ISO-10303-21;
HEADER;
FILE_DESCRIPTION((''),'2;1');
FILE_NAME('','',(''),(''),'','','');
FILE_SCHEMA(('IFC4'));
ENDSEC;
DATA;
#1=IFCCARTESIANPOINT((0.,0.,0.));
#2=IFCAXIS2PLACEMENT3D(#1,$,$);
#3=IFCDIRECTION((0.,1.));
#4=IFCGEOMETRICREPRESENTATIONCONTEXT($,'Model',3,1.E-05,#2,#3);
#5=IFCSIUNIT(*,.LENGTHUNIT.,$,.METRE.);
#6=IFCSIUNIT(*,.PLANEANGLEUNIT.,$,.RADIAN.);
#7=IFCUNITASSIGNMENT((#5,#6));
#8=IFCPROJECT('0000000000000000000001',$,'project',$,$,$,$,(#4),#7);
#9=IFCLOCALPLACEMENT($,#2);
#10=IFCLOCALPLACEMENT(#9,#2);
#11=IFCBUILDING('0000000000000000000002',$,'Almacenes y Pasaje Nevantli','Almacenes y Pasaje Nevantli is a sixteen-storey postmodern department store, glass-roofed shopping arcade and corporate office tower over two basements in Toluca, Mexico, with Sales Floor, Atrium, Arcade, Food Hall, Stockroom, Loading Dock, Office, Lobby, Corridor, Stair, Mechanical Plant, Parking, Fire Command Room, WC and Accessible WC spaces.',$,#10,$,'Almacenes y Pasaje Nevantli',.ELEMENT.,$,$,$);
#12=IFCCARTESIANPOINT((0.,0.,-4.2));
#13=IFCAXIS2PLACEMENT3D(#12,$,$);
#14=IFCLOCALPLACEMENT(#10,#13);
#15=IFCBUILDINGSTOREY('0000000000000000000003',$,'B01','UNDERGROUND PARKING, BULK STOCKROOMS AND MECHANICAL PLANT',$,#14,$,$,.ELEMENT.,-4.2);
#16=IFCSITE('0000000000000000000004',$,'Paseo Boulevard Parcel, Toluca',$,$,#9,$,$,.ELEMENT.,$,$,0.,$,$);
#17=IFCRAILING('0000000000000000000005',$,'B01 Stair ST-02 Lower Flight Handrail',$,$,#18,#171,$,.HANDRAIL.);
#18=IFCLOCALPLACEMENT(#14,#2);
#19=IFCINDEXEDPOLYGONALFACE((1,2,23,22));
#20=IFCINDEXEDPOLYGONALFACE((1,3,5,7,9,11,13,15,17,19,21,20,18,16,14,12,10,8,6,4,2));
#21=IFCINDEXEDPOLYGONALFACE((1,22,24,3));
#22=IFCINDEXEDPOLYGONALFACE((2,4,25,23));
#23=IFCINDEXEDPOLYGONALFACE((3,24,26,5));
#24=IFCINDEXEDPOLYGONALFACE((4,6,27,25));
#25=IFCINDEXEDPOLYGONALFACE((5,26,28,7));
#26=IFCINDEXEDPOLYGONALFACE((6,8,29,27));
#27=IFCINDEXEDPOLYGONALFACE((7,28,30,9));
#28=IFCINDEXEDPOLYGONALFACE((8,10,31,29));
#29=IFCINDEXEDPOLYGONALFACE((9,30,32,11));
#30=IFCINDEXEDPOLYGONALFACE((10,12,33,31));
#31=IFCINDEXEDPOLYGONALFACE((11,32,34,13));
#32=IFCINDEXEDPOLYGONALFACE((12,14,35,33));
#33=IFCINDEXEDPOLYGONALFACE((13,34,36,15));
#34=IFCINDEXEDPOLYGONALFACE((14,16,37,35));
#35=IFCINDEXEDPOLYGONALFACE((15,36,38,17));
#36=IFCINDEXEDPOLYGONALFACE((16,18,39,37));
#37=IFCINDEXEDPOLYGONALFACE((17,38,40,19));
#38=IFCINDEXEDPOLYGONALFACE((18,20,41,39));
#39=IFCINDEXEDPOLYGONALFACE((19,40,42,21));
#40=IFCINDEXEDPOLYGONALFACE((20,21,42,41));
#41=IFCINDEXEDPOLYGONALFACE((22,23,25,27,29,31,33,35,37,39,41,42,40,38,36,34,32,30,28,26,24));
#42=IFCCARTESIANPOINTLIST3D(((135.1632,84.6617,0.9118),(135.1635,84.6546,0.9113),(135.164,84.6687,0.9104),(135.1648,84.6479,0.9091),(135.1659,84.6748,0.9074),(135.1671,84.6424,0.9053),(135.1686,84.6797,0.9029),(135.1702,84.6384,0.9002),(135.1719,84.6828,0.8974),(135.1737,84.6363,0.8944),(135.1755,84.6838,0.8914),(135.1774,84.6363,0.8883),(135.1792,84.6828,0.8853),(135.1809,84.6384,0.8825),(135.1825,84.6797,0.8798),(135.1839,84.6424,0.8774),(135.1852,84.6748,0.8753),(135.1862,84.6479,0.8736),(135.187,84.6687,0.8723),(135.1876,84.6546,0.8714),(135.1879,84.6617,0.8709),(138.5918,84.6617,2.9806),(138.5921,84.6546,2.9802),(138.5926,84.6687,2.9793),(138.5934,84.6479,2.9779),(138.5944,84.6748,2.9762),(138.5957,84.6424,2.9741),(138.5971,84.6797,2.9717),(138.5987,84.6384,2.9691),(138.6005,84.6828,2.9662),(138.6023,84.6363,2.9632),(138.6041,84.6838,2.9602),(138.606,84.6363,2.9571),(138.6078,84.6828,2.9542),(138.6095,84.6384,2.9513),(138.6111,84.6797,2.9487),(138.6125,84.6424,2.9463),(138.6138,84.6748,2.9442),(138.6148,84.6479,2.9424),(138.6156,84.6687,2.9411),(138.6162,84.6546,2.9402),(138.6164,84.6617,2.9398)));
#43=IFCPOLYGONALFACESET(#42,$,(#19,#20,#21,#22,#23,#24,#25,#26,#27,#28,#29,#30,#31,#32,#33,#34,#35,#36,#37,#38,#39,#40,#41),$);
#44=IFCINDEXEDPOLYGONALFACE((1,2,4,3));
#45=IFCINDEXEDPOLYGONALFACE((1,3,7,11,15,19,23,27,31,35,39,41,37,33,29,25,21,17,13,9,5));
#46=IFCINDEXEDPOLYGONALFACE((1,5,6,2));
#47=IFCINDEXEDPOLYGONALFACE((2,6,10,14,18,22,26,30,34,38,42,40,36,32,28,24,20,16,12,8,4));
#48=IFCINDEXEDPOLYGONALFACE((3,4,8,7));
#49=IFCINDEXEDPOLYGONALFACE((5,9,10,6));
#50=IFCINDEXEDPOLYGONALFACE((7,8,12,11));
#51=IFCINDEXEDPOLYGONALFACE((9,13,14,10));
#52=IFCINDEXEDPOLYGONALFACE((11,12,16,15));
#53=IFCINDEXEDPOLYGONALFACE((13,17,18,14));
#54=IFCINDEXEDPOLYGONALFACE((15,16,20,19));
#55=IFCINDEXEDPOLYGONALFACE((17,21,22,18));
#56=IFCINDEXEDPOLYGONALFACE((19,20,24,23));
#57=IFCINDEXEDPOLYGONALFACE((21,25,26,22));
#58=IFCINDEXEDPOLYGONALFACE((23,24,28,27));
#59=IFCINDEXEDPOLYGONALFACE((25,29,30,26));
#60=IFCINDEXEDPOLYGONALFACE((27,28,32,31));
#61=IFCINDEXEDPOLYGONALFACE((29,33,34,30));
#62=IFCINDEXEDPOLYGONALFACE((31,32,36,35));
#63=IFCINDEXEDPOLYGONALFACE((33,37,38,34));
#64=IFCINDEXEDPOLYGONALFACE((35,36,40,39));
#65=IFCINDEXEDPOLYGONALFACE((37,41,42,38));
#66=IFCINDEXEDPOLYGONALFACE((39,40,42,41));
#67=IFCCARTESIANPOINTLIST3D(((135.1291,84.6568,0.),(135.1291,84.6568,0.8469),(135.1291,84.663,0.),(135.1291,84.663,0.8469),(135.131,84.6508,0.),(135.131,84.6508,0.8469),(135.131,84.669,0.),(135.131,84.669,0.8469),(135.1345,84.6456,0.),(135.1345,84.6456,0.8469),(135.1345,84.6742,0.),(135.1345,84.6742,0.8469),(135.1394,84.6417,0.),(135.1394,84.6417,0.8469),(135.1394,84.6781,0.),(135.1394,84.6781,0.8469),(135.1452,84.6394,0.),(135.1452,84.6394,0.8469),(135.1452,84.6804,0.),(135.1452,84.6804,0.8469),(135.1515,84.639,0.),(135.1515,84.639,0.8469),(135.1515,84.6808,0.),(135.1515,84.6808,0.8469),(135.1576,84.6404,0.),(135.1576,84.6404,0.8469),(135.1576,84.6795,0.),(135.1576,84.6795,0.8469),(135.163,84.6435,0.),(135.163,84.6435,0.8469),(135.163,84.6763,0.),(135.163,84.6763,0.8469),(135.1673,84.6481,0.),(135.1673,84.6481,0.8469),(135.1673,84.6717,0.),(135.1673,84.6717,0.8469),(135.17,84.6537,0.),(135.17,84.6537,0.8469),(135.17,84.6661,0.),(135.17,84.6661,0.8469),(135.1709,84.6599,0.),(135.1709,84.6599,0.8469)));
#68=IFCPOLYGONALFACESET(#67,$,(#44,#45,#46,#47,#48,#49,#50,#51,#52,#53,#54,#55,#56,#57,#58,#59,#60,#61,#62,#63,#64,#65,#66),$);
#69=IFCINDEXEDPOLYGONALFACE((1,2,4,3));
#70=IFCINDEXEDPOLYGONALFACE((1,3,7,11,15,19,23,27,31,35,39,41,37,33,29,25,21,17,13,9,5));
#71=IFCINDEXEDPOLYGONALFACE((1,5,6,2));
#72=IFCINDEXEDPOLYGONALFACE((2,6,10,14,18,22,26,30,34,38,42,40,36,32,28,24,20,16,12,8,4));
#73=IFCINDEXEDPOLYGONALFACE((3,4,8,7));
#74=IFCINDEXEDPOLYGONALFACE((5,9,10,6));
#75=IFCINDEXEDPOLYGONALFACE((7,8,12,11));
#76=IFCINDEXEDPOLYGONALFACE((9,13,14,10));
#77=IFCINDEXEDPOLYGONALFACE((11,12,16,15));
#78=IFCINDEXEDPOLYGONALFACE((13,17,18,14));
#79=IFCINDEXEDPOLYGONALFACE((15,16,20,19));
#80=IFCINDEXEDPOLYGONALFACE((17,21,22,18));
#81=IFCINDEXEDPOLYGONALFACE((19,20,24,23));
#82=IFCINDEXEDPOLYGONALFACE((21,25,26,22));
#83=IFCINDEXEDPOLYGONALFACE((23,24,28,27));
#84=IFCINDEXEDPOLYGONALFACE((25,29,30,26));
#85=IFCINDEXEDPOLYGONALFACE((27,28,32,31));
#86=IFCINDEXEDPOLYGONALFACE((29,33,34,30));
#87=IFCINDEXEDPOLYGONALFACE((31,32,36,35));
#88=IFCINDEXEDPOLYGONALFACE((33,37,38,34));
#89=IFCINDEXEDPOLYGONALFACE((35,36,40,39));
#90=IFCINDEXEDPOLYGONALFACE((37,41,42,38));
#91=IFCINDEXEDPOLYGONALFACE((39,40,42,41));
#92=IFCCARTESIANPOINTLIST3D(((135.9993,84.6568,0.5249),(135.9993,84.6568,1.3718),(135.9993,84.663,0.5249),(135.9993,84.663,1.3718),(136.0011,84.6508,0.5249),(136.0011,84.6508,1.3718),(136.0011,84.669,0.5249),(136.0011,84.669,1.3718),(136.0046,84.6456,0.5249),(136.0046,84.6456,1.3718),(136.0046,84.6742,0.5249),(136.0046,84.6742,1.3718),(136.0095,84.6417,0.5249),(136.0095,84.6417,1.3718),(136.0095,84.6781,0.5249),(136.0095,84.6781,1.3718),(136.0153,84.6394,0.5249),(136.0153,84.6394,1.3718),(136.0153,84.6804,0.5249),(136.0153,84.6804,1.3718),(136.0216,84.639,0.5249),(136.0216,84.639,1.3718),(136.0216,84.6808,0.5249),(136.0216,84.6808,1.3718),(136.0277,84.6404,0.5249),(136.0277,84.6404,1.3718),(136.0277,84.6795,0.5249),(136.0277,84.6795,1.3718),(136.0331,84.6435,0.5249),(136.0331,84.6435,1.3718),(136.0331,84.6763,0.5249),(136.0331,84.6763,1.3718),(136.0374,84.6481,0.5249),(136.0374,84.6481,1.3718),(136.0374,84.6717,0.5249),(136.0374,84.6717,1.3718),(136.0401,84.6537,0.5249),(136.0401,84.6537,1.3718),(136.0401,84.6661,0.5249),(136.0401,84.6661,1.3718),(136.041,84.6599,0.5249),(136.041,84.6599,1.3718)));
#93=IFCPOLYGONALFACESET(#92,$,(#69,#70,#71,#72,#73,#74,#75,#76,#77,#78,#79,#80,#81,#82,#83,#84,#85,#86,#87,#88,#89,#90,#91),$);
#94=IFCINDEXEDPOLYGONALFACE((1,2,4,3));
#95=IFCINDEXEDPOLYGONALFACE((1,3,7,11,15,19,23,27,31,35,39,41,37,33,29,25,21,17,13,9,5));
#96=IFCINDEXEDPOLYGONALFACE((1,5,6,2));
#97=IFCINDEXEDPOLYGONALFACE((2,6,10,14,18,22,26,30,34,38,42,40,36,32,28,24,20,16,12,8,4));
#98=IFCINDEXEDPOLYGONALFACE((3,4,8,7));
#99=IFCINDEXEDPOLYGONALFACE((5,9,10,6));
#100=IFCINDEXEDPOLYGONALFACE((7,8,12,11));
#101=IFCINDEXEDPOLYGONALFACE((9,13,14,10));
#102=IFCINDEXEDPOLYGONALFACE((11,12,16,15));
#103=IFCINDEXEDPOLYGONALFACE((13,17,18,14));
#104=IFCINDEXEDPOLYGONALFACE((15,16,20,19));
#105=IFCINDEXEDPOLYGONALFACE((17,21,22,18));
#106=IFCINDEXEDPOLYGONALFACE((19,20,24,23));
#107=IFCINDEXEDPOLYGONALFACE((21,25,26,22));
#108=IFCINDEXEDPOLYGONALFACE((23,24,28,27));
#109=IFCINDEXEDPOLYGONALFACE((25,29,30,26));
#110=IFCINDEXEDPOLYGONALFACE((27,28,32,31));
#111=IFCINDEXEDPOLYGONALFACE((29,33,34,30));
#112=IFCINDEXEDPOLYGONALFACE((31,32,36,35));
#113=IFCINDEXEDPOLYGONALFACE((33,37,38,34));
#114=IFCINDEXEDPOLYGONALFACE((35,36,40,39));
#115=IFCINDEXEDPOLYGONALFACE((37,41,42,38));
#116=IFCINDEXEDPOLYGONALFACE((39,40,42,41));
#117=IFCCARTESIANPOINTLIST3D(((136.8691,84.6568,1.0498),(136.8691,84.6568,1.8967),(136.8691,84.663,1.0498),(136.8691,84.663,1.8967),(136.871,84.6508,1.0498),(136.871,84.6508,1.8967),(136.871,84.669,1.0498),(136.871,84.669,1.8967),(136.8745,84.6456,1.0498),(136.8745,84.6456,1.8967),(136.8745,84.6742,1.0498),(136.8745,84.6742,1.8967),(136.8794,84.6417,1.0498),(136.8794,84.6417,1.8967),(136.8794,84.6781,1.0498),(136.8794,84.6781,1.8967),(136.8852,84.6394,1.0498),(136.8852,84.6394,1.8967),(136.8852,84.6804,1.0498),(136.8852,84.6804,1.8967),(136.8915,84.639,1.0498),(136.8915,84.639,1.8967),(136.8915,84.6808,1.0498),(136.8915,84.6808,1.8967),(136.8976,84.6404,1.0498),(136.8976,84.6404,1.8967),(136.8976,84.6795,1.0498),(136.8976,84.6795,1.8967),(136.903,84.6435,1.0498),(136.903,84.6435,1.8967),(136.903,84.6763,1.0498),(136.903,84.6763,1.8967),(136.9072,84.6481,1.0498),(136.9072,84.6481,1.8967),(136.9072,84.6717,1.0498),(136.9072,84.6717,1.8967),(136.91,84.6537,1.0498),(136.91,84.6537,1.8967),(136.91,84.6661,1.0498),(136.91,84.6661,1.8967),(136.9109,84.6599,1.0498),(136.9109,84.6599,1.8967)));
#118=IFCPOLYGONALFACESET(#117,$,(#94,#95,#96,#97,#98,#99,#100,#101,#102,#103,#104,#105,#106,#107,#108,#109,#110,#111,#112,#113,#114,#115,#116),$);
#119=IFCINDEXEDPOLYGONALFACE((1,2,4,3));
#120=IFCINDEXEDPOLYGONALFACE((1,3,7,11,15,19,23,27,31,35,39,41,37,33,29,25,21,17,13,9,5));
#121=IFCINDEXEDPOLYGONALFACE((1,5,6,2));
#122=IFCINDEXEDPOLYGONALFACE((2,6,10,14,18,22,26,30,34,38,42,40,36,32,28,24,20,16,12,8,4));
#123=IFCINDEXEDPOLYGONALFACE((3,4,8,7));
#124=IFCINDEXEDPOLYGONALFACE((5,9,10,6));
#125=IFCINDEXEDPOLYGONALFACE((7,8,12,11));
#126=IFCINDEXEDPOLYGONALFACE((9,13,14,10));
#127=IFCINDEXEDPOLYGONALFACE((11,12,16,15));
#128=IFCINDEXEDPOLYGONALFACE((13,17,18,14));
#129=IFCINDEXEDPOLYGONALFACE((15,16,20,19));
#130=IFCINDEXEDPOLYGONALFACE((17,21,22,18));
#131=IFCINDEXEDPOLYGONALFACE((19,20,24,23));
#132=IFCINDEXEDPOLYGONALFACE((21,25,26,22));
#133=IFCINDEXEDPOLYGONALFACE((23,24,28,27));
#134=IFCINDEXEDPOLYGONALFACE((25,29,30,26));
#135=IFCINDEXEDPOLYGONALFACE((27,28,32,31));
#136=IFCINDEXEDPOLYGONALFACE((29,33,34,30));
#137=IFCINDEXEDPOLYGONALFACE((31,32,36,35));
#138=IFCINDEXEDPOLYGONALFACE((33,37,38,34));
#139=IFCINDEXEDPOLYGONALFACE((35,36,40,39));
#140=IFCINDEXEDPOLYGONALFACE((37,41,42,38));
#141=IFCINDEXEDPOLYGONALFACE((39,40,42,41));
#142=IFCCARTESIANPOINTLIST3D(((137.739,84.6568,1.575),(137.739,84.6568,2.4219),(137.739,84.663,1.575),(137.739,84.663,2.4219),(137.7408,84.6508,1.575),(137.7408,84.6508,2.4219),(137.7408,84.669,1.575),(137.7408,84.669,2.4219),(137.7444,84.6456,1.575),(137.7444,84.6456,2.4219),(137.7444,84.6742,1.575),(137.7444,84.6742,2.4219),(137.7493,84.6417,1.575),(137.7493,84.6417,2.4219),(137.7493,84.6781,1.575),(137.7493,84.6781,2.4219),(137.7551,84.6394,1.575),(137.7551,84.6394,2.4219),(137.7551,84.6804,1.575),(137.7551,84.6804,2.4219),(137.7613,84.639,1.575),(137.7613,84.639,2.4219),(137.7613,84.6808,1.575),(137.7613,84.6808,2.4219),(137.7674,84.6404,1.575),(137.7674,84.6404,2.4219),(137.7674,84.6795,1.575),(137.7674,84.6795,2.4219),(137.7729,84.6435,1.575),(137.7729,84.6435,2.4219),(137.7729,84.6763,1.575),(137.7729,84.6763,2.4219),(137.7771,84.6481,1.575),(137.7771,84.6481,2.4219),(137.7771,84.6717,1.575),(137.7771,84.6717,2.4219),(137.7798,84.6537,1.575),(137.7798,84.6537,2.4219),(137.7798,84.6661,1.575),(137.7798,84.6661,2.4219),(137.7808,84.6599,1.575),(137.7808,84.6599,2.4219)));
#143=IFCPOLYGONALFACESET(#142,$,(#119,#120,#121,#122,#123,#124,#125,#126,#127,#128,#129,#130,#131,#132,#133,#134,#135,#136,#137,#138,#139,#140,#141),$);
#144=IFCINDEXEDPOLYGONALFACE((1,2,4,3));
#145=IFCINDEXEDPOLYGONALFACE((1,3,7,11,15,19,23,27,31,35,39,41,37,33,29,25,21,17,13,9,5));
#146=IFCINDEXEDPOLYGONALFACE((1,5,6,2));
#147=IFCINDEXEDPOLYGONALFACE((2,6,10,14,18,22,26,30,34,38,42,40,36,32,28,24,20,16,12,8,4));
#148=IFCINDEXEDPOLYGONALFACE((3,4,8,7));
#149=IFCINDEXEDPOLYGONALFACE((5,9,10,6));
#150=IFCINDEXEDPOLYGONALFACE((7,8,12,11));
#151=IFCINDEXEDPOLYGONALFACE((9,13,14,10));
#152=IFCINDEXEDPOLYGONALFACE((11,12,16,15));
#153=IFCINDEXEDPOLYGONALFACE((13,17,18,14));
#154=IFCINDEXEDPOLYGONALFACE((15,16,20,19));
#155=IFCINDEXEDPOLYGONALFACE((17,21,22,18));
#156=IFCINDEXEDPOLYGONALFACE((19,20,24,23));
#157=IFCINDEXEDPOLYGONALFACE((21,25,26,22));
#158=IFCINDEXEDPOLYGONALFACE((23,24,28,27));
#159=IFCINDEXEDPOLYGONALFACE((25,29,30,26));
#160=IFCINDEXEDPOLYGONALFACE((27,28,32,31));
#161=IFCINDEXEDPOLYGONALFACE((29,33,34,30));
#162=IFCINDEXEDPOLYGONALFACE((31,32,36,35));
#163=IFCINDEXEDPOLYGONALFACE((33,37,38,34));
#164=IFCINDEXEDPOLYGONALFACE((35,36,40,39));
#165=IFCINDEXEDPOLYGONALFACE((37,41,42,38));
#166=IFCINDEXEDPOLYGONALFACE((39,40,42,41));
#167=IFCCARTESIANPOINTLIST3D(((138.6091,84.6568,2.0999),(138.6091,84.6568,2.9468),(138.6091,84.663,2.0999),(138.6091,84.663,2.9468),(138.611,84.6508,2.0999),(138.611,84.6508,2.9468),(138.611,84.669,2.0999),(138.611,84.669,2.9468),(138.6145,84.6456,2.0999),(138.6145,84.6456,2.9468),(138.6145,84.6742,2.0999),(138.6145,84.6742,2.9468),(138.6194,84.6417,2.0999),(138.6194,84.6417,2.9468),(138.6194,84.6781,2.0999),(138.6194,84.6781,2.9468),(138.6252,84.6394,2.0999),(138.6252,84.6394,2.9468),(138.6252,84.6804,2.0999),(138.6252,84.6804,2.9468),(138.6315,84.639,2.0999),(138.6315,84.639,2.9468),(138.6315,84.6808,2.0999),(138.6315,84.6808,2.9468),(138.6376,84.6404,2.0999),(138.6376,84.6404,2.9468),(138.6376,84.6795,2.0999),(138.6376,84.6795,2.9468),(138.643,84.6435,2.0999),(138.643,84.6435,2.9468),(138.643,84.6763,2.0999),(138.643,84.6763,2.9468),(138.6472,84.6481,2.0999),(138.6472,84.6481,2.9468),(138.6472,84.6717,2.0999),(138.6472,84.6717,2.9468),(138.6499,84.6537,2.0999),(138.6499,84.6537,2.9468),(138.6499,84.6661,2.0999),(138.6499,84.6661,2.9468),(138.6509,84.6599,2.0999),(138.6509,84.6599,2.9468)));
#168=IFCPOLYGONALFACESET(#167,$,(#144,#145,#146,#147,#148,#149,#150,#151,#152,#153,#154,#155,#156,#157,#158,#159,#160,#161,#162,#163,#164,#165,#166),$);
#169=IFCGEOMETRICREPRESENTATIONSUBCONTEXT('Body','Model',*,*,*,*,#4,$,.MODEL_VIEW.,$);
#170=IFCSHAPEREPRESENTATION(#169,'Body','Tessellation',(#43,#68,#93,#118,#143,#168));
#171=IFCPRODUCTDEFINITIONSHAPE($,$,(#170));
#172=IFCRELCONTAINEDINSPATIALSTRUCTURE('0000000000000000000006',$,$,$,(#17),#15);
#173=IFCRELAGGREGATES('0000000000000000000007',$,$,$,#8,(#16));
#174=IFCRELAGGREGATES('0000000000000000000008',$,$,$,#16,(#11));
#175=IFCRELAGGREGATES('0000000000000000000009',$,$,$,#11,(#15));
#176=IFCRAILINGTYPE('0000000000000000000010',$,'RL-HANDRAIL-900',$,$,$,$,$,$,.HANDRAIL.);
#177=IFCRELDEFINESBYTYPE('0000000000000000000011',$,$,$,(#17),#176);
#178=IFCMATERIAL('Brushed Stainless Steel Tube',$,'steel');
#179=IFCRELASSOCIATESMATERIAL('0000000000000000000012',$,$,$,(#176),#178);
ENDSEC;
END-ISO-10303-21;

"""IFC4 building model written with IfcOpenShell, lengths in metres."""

from ifc_helpers import new_model, si_unit, direction, frame, origin, origin_2d, place, context, subcontext, project, spatial, circle, extrude, material, type_object, element, save


model = new_model("IFC4")

# Units and contexts
model_context = context("Model", 3, precision=1e-05, world=origin(), true_north=direction((0.0, 1.0)))
body_context = subcontext(model_context, "Body", "Model", "MODEL_VIEW")
ifc_project = project(units=[si_unit("LENGTHUNIT", "METRE"), si_unit("PLANEANGLEUNIT", "RADIAN")], contexts=[model_context])

# Site, building, storey
site_placement = place(None, origin())
site = spatial("IfcSite", under=ifc_project, at=site_placement, Name="Paseo Boulevard Parcel, Toluca", CompositionType="ELEMENT", RefElevation=0.0)
building_placement = place(site_placement, origin())
building = spatial("IfcBuilding", under=site, at=building_placement, Name="Almacenes y Pasaje Nevantli", Description="Almacenes y Pasaje Nevantli is a sixteen-storey postmodern department store, glass-roofed shopping arcade and corporate office tower over two basements in Toluca, Mexico, with Sales Floor, Atrium, Arcade, Food Hall, Stockroom, Loading Dock, Office, Lobby, Corridor, Stair, Mechanical Plant, Parking, Fire Command Room, WC and Accessible WC spaces.", LongName="Almacenes y Pasaje Nevantli", CompositionType="ELEMENT")
storey_placement = place(building_placement, frame((0.0, 0.0, -4.2)))
storey = spatial("IfcBuildingStorey", under=building, at=storey_placement, Name="B01", Description="UNDERGROUND PARKING, BULK STOCKROOMS AND MECHANICAL PLANT", CompositionType="ELEMENT", Elevation=-4.2)

# Railing
ifc_material_1 = material(Name="Brushed Stainless Steel Tube", Category="steel")
railing_type = type_object("IfcRailingType", Name="RL-HANDRAIL-900", PredefinedType="HANDRAIL", material=ifc_material_1)
railing_1_placement = place(storey_placement, frame((135.1499, 84.6599, 0.0)))
element("IfcRailing", 1, at=railing_1_placement, inside=storey, type_object=railing_type, Name="B01 Stair ST-02 Lower Flight Handrail", PredefinedType="HANDRAIL", context=body_context, shape_type="SweptSolid", body=[
    extrude(circle(Radius=0.0239, at=origin_2d()), frame((0.0256, 0.0, 0.8914), z_axis=(0.856202, 0.0, 0.516641), x_axis=(0.0, 1.0, 0.0)), (0.0, 0.0, 1.0), 4.0044),
    extrude(circle(Radius=0.021, at=origin_2d()), origin(), (0.0, 0.0, 1.0), 0.8469),
    extrude(circle(Radius=0.021, at=origin_2d()), frame((0.8701, 0.0, 0.5249)), (0.0, 0.0, 1.0), 0.8469),
    extrude(circle(Radius=0.021, at=origin_2d()), frame((1.74, 0.0, 1.0498)), (0.0, 0.0, 1.0), 0.8469),
    extrude(circle(Radius=0.021, at=origin_2d()), frame((2.6099, 0.0, 1.575)), (0.0, 0.0, 1.0), 0.8469),
    extrude(circle(Radius=0.021, at=origin_2d()), frame((3.48, 0.0, 2.0999)), (0.0, 0.0, 1.0), 0.8469),
])

save(model, "model.ifc")
